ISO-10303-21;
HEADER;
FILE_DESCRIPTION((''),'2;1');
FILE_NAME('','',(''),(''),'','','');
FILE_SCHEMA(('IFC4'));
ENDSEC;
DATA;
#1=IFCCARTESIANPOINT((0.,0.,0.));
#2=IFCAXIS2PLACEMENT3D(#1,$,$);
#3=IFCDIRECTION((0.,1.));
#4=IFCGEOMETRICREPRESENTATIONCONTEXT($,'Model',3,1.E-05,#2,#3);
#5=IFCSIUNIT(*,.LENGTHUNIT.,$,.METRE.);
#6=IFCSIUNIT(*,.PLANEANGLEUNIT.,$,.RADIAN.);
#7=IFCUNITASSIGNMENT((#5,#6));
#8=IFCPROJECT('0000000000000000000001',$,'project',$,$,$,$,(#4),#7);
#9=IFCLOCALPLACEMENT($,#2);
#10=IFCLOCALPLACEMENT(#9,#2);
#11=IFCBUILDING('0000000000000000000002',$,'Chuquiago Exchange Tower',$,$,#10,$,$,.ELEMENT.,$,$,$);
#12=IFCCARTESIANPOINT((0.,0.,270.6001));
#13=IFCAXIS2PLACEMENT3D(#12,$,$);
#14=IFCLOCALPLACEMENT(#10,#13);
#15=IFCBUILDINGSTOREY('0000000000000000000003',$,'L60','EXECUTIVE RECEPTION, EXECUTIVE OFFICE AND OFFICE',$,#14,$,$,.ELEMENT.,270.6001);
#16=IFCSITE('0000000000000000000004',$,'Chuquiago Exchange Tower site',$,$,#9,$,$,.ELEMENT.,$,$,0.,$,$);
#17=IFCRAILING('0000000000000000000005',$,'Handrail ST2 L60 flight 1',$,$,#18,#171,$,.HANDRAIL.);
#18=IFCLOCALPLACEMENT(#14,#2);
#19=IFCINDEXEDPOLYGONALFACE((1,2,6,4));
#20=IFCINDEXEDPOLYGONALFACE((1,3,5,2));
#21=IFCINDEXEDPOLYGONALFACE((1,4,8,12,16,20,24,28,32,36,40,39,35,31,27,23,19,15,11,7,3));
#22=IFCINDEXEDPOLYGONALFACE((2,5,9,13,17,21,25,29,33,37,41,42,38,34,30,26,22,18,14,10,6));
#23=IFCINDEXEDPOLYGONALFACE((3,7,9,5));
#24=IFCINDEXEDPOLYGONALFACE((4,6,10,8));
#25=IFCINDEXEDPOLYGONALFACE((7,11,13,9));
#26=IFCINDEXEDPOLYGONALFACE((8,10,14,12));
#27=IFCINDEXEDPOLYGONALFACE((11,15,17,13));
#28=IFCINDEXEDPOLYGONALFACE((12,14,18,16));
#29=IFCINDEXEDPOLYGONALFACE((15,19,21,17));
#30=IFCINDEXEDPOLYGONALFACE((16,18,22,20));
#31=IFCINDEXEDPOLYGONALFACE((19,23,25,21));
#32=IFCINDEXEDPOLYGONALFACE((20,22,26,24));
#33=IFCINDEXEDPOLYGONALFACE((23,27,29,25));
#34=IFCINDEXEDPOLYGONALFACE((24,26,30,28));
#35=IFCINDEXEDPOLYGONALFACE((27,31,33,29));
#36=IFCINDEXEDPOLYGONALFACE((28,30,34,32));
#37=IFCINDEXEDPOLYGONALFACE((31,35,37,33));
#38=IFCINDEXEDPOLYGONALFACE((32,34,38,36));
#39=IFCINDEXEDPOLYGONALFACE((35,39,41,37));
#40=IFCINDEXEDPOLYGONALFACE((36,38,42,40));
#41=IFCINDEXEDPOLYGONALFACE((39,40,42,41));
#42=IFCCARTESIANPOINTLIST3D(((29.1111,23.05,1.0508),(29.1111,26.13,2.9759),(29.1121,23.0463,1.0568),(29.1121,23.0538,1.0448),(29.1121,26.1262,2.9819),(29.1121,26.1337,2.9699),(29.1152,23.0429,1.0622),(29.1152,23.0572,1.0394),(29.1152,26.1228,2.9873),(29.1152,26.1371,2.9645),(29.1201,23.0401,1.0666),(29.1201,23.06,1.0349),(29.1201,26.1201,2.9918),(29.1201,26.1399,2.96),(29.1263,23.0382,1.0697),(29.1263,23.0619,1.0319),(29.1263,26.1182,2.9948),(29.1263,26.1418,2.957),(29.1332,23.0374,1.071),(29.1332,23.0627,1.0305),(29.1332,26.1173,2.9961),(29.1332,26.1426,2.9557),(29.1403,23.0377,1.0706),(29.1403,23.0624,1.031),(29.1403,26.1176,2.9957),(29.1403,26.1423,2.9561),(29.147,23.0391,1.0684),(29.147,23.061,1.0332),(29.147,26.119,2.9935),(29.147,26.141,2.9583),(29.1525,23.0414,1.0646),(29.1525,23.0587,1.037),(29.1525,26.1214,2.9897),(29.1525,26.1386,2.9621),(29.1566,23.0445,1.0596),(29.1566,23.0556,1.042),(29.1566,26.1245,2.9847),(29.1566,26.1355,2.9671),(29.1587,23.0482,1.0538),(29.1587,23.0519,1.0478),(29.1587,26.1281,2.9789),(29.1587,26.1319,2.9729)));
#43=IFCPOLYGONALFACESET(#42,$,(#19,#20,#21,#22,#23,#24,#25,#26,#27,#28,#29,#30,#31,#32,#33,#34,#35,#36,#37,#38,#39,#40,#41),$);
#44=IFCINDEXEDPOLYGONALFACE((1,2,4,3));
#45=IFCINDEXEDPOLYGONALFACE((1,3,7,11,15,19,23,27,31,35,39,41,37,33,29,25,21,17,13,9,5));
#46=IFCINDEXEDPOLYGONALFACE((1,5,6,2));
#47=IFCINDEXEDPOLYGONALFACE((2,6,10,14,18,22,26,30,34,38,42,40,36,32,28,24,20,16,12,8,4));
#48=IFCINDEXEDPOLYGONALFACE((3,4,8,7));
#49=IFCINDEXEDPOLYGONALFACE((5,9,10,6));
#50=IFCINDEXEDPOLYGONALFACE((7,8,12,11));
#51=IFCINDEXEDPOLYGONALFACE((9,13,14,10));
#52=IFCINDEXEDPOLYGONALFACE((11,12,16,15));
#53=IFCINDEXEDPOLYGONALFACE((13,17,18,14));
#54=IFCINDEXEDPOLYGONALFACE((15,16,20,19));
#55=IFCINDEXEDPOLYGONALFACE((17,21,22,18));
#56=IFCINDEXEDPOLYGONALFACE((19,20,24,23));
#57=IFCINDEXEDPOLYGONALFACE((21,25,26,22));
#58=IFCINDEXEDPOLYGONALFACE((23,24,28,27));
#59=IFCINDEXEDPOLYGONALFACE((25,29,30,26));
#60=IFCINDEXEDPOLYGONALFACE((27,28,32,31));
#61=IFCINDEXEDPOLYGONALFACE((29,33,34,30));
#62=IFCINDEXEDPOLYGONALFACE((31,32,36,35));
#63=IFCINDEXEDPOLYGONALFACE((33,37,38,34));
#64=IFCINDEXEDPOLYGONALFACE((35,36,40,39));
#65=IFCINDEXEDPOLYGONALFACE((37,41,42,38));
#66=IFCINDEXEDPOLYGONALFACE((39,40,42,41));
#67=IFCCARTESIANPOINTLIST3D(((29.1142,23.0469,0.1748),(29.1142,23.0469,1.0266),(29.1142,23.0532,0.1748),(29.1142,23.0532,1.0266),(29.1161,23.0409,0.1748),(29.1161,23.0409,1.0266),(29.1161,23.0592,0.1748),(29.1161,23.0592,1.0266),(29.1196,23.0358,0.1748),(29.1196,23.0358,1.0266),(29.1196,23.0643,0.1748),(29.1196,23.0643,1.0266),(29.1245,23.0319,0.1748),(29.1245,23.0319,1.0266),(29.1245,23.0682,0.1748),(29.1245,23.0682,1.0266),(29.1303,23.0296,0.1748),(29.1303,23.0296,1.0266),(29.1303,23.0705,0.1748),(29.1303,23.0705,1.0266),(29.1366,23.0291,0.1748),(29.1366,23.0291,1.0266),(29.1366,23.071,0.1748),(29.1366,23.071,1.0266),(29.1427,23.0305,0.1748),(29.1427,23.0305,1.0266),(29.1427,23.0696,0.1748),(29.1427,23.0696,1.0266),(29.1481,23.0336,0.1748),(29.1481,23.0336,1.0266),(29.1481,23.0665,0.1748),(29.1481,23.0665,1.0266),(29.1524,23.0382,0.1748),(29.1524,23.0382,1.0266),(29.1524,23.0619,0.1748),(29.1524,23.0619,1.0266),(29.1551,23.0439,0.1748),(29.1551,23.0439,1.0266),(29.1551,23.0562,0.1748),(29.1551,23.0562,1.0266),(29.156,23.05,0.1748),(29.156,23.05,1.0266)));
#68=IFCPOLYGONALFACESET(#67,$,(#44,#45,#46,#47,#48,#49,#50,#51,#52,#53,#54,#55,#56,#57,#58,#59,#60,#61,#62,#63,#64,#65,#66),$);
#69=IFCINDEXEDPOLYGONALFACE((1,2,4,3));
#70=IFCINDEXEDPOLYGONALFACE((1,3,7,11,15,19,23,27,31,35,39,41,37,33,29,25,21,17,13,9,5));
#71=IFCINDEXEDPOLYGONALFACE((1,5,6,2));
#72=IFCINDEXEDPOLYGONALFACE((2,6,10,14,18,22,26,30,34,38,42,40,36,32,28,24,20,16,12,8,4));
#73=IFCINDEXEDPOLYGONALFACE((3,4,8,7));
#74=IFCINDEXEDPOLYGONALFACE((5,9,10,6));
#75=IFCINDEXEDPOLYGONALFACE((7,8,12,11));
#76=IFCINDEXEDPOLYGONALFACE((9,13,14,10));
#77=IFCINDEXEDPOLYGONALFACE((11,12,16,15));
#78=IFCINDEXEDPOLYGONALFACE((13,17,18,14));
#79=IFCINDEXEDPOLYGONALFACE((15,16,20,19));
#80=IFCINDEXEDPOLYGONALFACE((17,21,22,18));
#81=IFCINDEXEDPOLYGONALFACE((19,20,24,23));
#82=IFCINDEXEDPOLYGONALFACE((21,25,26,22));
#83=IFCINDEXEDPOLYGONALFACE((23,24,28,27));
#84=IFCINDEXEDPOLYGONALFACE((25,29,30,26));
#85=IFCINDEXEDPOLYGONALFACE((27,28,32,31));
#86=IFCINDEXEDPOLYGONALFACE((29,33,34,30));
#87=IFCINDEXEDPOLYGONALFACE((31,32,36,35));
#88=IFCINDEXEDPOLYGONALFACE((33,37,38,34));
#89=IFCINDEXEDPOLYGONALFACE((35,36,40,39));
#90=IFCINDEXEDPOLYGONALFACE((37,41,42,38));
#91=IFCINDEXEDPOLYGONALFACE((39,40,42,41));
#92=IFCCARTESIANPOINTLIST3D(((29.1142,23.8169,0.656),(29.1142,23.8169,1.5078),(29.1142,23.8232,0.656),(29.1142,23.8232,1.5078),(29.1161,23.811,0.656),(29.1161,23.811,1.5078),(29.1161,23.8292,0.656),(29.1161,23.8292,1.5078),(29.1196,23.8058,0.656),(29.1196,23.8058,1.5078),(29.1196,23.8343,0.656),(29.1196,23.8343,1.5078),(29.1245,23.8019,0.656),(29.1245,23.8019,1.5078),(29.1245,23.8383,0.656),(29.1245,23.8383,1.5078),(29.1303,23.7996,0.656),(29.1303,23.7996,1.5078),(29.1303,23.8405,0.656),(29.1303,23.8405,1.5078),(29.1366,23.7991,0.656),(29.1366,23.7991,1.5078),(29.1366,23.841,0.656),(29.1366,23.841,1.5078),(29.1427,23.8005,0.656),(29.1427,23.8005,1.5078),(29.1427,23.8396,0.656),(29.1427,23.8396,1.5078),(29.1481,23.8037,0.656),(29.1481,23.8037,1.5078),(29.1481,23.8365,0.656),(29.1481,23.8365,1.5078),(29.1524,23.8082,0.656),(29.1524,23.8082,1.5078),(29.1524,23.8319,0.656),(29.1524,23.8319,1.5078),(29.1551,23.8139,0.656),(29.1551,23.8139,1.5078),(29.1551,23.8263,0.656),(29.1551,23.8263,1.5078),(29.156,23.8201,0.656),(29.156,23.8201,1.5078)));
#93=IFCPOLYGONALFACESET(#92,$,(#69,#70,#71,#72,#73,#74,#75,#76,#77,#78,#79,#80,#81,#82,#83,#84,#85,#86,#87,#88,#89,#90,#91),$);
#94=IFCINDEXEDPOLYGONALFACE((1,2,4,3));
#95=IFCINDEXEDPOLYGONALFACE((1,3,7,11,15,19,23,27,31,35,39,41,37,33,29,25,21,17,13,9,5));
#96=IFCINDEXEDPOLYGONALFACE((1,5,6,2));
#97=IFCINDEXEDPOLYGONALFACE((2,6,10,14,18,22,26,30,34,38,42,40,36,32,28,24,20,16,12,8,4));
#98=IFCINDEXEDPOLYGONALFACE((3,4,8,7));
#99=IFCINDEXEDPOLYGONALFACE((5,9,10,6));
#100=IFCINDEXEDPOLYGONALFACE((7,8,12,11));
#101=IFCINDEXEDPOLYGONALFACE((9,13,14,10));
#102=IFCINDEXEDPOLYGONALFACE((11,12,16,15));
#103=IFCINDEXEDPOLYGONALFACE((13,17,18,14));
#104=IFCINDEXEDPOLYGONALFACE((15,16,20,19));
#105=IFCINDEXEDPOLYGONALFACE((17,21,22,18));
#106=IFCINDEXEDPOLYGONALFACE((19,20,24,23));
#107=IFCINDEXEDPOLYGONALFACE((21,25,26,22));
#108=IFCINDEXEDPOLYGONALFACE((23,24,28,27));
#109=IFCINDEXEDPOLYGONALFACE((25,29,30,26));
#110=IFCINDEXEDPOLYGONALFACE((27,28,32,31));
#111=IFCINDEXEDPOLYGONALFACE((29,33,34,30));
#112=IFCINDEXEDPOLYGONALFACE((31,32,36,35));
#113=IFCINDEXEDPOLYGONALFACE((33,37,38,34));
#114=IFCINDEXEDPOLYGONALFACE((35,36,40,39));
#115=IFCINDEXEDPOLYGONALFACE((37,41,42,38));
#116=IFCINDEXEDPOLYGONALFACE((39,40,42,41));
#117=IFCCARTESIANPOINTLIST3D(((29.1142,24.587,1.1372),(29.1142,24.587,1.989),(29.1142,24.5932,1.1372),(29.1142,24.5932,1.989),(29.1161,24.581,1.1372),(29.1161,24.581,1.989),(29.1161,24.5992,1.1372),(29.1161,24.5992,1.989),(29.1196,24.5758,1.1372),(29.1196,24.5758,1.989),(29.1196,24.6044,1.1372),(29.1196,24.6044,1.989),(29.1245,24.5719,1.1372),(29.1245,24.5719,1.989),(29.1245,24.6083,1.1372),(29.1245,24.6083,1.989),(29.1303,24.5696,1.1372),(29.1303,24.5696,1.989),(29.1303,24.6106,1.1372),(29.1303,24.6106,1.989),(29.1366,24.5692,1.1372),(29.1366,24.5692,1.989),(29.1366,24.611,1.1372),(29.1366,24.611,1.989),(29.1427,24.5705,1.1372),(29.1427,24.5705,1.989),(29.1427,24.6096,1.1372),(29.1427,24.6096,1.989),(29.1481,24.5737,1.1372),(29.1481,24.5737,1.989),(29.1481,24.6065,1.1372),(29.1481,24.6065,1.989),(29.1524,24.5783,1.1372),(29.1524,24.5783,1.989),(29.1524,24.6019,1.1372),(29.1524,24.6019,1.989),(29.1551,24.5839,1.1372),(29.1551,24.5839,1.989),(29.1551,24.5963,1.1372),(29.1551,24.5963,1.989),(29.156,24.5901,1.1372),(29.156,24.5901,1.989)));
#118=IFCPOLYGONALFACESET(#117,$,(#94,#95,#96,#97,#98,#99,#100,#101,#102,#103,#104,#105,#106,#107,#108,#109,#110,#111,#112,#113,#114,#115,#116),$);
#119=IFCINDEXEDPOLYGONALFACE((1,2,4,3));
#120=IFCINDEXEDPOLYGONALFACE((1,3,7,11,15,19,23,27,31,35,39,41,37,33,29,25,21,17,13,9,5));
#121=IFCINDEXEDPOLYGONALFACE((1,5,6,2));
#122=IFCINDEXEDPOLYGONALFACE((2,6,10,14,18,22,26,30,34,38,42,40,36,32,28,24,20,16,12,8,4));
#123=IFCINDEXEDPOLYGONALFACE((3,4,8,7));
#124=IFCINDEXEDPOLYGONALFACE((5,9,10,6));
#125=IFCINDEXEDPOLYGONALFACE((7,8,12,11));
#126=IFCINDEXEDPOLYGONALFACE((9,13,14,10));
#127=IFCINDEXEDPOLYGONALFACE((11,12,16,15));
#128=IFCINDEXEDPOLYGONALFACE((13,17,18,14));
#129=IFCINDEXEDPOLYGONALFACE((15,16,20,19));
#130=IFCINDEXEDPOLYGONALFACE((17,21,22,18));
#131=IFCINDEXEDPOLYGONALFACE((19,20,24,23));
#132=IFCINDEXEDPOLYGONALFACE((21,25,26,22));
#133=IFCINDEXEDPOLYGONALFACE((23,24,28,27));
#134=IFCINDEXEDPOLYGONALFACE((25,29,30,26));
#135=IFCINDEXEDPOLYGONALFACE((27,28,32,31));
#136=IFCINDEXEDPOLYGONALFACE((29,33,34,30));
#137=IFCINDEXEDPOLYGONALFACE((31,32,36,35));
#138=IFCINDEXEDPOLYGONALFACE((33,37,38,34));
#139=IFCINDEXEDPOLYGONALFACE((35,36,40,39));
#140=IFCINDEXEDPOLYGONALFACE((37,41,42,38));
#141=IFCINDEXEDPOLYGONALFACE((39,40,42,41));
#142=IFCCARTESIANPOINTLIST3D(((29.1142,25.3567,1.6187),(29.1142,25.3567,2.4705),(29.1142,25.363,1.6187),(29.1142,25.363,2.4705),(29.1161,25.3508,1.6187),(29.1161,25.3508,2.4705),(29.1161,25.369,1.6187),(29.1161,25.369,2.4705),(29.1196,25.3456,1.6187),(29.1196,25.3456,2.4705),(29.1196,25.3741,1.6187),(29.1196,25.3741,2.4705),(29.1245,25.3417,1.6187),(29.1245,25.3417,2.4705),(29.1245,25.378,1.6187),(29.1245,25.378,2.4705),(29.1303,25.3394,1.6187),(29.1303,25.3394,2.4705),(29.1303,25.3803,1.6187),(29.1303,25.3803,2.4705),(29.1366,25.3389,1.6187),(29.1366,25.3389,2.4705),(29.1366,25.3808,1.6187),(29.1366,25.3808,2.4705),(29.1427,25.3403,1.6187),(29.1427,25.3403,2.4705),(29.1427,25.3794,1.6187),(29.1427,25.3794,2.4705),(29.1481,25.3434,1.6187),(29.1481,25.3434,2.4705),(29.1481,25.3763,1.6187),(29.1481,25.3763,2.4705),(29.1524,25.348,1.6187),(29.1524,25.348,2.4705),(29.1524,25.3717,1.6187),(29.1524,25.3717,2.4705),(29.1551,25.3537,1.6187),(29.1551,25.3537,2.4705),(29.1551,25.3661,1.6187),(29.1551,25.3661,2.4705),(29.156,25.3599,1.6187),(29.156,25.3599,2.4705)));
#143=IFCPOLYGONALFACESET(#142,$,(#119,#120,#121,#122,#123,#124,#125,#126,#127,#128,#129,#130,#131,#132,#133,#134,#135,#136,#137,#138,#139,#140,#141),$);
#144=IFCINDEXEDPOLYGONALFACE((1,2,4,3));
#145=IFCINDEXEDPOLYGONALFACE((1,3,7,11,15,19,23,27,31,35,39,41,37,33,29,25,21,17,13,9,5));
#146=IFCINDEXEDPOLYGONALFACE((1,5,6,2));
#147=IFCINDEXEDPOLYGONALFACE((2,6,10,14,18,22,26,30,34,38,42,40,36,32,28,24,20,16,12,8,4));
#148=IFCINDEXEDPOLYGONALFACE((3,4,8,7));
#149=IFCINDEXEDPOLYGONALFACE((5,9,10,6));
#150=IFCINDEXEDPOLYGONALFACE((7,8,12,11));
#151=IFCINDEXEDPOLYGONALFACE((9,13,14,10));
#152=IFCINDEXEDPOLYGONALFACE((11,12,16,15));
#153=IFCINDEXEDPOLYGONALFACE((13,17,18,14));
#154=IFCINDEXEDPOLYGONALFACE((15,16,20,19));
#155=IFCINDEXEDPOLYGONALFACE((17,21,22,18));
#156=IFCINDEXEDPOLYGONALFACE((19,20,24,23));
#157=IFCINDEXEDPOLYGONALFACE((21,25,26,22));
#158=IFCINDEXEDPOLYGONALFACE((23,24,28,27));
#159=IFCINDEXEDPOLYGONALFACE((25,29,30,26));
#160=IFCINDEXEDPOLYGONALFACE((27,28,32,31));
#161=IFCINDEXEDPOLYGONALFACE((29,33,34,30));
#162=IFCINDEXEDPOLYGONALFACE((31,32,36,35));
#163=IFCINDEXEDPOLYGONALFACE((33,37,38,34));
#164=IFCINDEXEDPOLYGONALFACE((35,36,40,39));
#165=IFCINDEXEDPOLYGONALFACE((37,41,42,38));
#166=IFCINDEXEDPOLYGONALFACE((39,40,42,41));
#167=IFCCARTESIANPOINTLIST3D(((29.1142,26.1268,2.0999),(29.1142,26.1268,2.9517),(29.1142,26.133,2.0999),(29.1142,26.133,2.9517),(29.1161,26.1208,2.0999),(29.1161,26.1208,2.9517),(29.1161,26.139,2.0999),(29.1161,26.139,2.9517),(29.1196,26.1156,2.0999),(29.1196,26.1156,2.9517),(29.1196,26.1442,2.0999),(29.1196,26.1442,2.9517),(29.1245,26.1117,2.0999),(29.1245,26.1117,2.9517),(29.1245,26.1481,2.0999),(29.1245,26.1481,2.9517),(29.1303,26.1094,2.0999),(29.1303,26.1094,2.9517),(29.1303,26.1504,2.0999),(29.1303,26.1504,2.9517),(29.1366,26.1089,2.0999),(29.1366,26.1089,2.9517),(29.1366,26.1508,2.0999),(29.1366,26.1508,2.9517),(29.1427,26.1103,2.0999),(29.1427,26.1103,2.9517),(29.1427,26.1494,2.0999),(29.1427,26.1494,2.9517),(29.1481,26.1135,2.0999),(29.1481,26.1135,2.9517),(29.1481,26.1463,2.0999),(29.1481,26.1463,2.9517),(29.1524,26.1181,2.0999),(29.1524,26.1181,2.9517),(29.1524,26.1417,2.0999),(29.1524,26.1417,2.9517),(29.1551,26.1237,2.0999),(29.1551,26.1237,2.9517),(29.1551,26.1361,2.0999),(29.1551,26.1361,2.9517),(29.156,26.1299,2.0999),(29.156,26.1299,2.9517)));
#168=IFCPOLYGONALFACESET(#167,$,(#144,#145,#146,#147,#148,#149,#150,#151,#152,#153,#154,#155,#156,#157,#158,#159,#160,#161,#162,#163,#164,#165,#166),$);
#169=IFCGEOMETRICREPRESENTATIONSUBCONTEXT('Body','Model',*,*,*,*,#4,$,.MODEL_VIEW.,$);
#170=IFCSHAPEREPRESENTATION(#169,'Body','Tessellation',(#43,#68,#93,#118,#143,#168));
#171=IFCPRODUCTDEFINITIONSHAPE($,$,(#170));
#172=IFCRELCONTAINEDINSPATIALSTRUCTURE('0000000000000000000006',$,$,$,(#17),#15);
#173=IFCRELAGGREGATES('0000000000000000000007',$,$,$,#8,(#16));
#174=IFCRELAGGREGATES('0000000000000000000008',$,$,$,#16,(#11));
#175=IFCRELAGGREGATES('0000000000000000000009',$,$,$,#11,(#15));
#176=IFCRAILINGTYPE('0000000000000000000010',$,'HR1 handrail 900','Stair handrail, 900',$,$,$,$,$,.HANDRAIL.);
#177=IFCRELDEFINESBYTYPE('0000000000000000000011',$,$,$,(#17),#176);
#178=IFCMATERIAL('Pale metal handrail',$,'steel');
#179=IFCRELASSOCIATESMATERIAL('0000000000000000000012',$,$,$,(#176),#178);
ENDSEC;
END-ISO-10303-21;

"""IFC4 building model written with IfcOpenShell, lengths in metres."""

from ifc_helpers import new_model, si_unit, direction, frame, origin, origin_2d, place, context, subcontext, project, spatial, circle, extrude, material, type_object, element, save


model = new_model("IFC4")

# Units and contexts
model_context = context("Model", 3, precision=1e-05, world=origin(), true_north=direction((0.0, 1.0)))
body_context = subcontext(model_context, "Body", "Model", "MODEL_VIEW")
ifc_project = project(units=[si_unit("LENGTHUNIT", "METRE"), si_unit("PLANEANGLEUNIT", "RADIAN")], contexts=[model_context])

# Site, building, storey
site_placement = place(None, origin())
site = spatial("IfcSite", under=ifc_project, at=site_placement, Name="Chuquiago Exchange Tower site", CompositionType="ELEMENT", RefElevation=0.0)
building_placement = place(site_placement, origin())
building = spatial("IfcBuilding", under=site, at=building_placement, Name="Chuquiago Exchange Tower", CompositionType="ELEMENT")
storey_placement = place(building_placement, frame((0.0, 0.0, 270.6001)))
storey = spatial("IfcBuildingStorey", under=building, at=storey_placement, Name="L60", Description="EXECUTIVE RECEPTION, EXECUTIVE OFFICE AND OFFICE", CompositionType="ELEMENT", Elevation=270.6001)

# Railing
ifc_material_1 = material(Name="Pale metal handrail", Category="steel")
railing_type = type_object("IfcRailingType", Name="HR1 handrail 900", Description="Stair handrail, 900", PredefinedType="HANDRAIL", material=ifc_material_1)
railing_placement = place(storey_placement, frame((29.135, 23.05, 0.1748)))
element("IfcRailing", 1, at=railing_placement, inside=storey, type_object=railing_type, Name="Handrail ST2 L60 flight 1", PredefinedType="HANDRAIL", context=body_context, shape_type="SweptSolid", body=[
    extrude(circle(Radius=0.0239, at=origin_2d()), frame((0.0, 0.0, 0.876), z_axis=(0.0, 0.847979, 0.530029), x_axis=(-1.0, 0.0, 0.0)), (0.0, 0.0, 1.0), 3.6321),
    extrude(circle(Radius=0.021, at=origin_2d()), origin(), (0.0, 0.0, 1.0), 0.8518),
    extrude(circle(Radius=0.021, at=origin_2d()), frame((0.0, 0.77, 0.4812)), (0.0, 0.0, 1.0), 0.8518),
    extrude(circle(Radius=0.021, at=origin_2d()), frame((0.0, 1.54, 0.9624)), (0.0, 0.0, 1.0), 0.8518),
    extrude(circle(Radius=0.021, at=origin_2d()), frame((0.0, 2.3098, 1.4438)), (0.0, 0.0, 1.0), 0.8518),
    extrude(circle(Radius=0.021, at=origin_2d()), frame((0.0, 3.0798, 1.925)), (0.0, 0.0, 1.0), 0.8518),
])

save(model, "model.ifc")
